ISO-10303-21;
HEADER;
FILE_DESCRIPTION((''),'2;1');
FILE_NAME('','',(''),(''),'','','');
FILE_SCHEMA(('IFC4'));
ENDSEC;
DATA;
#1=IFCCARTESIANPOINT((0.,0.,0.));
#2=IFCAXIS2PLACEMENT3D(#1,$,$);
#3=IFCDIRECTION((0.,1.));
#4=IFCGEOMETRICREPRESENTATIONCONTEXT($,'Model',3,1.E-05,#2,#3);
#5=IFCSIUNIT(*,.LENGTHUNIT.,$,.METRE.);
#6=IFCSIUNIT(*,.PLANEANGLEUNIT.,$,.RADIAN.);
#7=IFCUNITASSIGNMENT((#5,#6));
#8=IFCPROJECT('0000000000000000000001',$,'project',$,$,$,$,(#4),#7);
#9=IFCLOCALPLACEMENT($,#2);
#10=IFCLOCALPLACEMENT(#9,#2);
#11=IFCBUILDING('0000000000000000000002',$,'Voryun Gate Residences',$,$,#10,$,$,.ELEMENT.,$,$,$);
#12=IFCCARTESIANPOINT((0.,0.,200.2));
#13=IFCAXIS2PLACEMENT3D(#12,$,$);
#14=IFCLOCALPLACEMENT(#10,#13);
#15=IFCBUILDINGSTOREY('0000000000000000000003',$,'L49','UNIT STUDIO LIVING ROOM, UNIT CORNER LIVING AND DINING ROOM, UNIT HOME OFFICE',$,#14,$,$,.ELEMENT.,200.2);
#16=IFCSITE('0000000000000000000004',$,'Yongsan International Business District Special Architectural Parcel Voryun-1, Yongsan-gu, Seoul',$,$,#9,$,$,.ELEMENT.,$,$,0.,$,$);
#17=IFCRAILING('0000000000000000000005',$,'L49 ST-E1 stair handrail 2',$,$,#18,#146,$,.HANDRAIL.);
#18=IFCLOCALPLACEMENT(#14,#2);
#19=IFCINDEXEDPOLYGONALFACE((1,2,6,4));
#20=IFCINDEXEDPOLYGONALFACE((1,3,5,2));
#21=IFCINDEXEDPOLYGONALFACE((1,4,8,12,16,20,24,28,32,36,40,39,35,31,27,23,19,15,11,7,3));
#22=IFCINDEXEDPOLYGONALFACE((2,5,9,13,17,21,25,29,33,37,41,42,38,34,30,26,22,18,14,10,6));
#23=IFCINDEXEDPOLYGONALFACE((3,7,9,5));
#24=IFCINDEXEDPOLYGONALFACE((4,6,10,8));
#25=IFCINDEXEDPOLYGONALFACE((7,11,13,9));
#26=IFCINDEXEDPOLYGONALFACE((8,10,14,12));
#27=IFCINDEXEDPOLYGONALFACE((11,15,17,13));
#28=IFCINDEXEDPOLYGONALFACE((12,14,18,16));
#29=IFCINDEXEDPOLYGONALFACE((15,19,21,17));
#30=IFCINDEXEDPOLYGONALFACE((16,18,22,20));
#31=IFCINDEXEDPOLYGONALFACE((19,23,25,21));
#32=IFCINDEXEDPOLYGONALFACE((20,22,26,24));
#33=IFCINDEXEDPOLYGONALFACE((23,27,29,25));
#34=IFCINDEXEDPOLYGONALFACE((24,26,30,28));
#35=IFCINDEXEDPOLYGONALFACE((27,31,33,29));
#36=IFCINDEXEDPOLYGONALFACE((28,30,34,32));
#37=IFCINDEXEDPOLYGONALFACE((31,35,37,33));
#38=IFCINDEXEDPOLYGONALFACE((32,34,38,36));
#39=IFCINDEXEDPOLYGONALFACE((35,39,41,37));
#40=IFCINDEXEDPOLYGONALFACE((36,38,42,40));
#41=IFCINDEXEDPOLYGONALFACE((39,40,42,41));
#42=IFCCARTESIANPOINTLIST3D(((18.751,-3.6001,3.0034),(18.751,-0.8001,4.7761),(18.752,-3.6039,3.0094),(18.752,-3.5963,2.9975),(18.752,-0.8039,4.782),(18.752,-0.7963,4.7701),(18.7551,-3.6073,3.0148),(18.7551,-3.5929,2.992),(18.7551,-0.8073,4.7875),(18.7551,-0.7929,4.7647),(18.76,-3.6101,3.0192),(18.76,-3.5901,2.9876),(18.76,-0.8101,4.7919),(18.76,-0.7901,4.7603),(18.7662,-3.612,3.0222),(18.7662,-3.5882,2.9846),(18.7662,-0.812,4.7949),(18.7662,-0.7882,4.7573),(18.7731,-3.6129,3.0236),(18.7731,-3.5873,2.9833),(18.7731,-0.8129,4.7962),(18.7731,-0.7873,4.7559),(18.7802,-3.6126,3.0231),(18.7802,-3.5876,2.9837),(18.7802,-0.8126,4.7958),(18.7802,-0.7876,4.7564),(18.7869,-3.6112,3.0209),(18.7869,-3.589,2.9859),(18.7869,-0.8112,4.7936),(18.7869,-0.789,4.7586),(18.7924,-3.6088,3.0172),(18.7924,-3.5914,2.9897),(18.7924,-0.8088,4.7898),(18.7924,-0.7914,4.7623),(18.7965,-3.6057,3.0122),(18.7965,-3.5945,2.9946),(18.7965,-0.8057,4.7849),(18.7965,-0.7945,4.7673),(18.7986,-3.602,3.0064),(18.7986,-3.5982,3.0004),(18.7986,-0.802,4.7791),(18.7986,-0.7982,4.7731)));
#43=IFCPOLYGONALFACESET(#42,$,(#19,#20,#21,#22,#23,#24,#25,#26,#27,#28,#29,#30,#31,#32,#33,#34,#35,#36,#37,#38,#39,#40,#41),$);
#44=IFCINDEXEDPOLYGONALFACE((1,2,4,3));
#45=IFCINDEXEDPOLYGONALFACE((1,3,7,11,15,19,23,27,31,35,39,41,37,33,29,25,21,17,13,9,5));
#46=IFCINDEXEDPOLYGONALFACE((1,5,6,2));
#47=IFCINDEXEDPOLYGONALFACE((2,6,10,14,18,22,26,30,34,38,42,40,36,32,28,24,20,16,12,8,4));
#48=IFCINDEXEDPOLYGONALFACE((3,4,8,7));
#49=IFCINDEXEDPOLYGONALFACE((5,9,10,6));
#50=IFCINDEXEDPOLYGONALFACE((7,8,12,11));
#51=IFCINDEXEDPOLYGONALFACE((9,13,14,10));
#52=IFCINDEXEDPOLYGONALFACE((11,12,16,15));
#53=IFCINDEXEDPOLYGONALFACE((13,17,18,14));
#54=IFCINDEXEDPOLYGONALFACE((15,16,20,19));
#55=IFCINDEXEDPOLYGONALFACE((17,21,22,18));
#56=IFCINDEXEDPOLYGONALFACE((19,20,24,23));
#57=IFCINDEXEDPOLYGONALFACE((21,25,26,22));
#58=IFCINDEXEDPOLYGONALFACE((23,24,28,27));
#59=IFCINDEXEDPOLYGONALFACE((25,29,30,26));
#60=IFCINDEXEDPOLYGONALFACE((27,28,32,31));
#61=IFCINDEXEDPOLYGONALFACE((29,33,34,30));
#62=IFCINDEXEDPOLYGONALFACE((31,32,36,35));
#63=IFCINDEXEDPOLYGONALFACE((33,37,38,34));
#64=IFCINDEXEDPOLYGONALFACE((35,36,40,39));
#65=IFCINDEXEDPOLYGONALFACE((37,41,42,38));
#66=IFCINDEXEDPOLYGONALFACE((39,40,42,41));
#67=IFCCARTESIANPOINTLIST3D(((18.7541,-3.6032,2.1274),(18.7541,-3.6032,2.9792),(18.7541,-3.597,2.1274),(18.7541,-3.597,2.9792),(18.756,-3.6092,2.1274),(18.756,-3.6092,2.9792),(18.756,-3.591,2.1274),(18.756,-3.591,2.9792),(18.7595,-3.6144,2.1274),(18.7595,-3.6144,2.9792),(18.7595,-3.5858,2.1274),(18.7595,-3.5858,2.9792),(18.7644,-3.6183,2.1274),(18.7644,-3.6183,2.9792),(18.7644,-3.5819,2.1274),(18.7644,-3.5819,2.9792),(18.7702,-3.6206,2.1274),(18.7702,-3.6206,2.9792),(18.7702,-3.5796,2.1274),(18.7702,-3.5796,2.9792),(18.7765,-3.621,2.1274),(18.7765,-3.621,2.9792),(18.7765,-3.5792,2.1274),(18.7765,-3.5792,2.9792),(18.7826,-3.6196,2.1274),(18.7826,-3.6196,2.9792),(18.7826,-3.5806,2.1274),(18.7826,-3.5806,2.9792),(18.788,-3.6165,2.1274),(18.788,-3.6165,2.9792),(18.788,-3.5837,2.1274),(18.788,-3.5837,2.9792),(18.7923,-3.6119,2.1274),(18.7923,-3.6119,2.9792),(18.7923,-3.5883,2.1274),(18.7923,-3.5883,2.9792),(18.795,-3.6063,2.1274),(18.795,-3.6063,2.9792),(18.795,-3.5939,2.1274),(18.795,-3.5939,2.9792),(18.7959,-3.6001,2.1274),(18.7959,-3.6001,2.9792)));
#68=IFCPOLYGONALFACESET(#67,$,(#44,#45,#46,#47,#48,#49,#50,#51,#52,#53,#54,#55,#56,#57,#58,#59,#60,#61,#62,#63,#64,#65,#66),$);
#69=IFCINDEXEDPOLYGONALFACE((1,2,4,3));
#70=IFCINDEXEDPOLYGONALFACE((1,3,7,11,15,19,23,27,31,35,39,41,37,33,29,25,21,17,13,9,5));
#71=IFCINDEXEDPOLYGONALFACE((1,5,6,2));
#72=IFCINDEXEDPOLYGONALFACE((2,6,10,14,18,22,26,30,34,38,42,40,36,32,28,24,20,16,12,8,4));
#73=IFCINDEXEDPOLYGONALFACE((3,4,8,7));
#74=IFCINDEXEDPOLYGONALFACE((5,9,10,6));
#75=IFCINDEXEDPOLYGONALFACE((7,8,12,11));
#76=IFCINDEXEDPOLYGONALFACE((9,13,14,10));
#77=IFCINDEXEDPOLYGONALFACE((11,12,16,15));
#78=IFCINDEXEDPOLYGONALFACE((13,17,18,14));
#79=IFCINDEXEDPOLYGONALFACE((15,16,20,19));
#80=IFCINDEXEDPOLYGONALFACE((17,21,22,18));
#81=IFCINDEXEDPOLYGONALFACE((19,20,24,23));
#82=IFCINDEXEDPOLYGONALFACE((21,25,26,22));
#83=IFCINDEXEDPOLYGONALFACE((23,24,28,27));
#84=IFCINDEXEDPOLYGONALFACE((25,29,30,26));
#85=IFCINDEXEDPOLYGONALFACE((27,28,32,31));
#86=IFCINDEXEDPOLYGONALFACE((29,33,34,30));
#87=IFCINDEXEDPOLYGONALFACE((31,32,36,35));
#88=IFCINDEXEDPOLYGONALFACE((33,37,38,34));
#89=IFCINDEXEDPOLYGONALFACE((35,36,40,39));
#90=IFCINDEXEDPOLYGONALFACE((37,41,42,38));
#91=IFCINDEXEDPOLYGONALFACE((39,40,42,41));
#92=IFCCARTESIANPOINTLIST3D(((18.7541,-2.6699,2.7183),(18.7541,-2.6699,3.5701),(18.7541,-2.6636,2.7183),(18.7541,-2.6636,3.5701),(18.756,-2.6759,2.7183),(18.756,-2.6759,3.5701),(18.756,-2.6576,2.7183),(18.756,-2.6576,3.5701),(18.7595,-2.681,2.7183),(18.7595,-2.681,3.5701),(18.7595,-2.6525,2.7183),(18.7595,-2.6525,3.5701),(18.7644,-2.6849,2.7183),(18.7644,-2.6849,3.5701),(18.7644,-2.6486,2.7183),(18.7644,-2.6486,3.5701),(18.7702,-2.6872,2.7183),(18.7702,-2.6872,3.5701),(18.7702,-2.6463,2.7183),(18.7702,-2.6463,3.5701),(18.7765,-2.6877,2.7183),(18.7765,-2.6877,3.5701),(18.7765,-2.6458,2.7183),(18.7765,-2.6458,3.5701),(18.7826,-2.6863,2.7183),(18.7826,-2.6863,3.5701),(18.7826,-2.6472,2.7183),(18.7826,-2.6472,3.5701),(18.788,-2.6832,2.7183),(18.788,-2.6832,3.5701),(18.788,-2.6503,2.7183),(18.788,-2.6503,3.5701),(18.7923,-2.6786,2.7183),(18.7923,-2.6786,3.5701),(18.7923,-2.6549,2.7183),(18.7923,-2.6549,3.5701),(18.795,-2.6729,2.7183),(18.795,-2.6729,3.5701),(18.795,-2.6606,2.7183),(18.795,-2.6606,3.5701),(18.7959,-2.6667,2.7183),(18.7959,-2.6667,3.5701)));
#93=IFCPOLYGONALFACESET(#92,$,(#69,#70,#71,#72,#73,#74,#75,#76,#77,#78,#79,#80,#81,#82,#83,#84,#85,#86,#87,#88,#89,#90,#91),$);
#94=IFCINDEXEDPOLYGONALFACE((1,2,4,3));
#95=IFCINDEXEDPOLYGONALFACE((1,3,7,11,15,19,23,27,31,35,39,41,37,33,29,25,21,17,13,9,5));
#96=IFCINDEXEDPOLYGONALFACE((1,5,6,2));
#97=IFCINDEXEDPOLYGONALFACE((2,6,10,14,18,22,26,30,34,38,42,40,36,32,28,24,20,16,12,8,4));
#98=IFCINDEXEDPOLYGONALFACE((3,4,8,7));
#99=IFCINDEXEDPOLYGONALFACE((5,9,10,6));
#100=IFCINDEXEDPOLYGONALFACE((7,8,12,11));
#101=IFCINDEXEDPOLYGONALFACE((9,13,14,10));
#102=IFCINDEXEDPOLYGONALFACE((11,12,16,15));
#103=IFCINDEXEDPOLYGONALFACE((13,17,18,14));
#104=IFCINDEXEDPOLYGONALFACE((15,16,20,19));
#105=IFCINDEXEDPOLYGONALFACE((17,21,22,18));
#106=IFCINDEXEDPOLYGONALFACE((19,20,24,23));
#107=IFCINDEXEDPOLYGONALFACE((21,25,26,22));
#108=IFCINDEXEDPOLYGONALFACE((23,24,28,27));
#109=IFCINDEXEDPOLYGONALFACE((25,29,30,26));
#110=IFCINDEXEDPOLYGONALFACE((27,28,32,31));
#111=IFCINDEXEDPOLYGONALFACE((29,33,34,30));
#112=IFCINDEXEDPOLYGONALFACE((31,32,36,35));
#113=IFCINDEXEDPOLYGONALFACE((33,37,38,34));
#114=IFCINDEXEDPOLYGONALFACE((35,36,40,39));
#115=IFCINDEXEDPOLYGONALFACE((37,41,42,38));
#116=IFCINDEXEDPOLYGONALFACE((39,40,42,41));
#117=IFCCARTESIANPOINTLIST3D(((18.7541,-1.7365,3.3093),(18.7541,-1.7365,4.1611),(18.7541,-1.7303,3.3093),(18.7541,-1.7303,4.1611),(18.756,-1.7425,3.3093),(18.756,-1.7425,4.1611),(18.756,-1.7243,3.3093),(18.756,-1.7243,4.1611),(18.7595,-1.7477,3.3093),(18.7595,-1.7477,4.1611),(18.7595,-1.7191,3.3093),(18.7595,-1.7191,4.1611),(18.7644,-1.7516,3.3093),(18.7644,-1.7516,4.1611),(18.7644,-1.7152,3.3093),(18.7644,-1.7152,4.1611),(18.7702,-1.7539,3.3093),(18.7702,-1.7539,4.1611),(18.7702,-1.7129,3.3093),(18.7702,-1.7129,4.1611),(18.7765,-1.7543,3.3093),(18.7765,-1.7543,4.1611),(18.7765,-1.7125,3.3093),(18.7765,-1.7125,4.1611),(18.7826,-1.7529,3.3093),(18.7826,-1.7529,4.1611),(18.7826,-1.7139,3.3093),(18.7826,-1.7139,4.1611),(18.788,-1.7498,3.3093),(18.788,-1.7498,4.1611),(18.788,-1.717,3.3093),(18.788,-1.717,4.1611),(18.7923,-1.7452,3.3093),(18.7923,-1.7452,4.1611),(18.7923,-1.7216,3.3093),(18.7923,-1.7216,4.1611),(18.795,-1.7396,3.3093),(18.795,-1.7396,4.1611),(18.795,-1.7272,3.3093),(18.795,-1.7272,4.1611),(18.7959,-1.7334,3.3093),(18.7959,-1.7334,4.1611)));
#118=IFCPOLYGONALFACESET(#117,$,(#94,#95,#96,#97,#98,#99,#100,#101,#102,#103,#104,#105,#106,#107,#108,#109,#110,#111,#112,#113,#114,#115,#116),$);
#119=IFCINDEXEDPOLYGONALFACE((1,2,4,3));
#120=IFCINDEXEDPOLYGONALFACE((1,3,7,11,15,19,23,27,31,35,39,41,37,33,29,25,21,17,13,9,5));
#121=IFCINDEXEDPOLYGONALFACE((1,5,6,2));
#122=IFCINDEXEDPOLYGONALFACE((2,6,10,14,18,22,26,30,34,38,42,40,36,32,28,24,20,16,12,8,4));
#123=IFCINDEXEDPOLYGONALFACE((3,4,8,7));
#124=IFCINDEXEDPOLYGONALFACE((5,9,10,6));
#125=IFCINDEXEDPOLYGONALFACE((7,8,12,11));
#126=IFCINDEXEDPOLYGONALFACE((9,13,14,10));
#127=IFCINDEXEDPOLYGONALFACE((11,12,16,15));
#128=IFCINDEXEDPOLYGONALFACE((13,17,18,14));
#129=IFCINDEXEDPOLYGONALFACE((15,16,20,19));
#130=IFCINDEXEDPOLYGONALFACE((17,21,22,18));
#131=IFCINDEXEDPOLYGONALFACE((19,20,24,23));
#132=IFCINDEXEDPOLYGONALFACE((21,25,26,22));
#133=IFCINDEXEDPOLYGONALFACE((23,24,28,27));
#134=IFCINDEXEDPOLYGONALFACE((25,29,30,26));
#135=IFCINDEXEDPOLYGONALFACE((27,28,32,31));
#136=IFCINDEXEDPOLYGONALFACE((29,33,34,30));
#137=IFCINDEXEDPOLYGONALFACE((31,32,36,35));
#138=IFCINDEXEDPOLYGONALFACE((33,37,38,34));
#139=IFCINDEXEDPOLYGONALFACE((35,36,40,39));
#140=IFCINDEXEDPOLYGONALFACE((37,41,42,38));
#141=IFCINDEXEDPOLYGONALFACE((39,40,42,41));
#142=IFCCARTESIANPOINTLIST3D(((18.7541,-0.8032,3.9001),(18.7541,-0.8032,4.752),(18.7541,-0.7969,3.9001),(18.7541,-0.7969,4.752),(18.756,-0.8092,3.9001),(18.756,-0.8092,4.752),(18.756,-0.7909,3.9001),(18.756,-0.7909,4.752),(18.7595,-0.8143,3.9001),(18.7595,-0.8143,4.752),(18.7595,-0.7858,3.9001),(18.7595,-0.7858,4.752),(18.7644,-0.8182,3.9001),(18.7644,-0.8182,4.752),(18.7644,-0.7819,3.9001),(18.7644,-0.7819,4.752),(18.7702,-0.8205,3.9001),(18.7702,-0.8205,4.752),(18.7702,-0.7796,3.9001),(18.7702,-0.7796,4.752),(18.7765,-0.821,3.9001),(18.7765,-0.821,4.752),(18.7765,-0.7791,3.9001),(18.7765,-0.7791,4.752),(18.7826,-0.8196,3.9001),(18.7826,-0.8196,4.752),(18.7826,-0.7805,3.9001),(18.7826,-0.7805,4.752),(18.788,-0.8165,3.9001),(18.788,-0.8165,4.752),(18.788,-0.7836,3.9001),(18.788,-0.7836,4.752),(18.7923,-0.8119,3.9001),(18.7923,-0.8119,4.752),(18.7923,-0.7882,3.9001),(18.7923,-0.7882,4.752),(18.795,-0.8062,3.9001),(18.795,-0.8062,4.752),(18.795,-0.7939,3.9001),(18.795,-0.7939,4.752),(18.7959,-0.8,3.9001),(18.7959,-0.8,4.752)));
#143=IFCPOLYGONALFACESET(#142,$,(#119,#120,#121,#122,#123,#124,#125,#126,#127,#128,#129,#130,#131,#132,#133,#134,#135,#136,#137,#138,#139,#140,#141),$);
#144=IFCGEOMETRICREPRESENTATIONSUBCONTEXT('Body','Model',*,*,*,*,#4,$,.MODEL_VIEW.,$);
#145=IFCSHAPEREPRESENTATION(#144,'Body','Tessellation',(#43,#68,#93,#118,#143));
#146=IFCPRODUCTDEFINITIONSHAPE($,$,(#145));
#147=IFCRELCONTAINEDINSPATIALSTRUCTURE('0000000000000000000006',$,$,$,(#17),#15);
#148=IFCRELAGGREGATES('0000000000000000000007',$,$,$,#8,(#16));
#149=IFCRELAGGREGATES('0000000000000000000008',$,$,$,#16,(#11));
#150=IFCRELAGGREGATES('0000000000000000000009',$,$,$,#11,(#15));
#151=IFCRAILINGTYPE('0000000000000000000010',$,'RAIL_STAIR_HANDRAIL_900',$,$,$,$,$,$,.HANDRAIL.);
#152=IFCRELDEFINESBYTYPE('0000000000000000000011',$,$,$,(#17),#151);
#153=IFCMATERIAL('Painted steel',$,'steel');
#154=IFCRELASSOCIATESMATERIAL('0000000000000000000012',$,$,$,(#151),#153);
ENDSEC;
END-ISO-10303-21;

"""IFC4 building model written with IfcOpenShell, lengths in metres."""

from ifc_helpers import new_model, si_unit, direction, frame, origin, origin_2d, place, context, subcontext, project, spatial, circle, extrude, material, type_object, element, save


model = new_model("IFC4")

# Units and contexts
model_context = context("Model", 3, precision=1e-05, world=origin(), true_north=direction((0.0, 1.0)))
body_context = subcontext(model_context, "Body", "Model", "MODEL_VIEW")
ifc_project = project(units=[si_unit("LENGTHUNIT", "METRE"), si_unit("PLANEANGLEUNIT", "RADIAN")], contexts=[model_context])

# Site, building, storey
site_placement = place(None, origin())
site = spatial("IfcSite", under=ifc_project, at=site_placement, Name="Yongsan International Business District Special Architectural Parcel Voryun-1, Yongsan-gu, Seoul", CompositionType="ELEMENT", RefElevation=0.0)
building_placement = place(site_placement, origin())
building = spatial("IfcBuilding", under=site, at=building_placement, Name="Voryun Gate Residences", CompositionType="ELEMENT")
storey_placement = place(building_placement, frame((0.0, 0.0, 200.2)))
storey = spatial("IfcBuildingStorey", under=building, at=storey_placement, Name="L49", Description="UNIT STUDIO LIVING ROOM, UNIT CORNER LIVING AND DINING ROOM, UNIT HOME OFFICE", CompositionType="ELEMENT", Elevation=200.2)

# Railing
ifc_material_1 = material(Name="Painted steel", Category="steel")
railing_type_1 = type_object("IfcRailingType", Name="RAIL_STAIR_HANDRAIL_900", PredefinedType="HANDRAIL", material=ifc_material_1)
railing_1_placement = place(storey_placement, frame((18.7749, -3.6001, 2.1274)))
element("IfcRailing", 1, at=railing_1_placement, inside=storey, type_object=railing_type_1, Name="L49 ST-E1 stair handrail 2", PredefinedType="HANDRAIL", context=body_context, shape_type="SweptSolid", body=[
    extrude(circle(Radius=0.0239, at=origin_2d()), frame((0.0, 0.0, 0.876), z_axis=(0.0, 0.844909, 0.53491), x_axis=(-1.0, 0.0, 0.0)), (0.0, 0.0, 1.0), 3.314),
    extrude(circle(Radius=0.021, at=origin_2d()), origin(), (0.0, 0.0, 1.0), 0.8518),
    extrude(circle(Radius=0.021, at=origin_2d()), frame((0.0, 0.9333, 0.5908)), (0.0, 0.0, 1.0), 0.8518),
    extrude(circle(Radius=0.021, at=origin_2d()), frame((0.0, 1.8667, 1.1819)), (0.0, 0.0, 1.0), 0.8518),
    extrude(circle(Radius=0.021, at=origin_2d()), frame((0.0, 2.8, 1.7727)), (0.0, 0.0, 1.0), 0.8518),
])

save(model, "model.ifc")
